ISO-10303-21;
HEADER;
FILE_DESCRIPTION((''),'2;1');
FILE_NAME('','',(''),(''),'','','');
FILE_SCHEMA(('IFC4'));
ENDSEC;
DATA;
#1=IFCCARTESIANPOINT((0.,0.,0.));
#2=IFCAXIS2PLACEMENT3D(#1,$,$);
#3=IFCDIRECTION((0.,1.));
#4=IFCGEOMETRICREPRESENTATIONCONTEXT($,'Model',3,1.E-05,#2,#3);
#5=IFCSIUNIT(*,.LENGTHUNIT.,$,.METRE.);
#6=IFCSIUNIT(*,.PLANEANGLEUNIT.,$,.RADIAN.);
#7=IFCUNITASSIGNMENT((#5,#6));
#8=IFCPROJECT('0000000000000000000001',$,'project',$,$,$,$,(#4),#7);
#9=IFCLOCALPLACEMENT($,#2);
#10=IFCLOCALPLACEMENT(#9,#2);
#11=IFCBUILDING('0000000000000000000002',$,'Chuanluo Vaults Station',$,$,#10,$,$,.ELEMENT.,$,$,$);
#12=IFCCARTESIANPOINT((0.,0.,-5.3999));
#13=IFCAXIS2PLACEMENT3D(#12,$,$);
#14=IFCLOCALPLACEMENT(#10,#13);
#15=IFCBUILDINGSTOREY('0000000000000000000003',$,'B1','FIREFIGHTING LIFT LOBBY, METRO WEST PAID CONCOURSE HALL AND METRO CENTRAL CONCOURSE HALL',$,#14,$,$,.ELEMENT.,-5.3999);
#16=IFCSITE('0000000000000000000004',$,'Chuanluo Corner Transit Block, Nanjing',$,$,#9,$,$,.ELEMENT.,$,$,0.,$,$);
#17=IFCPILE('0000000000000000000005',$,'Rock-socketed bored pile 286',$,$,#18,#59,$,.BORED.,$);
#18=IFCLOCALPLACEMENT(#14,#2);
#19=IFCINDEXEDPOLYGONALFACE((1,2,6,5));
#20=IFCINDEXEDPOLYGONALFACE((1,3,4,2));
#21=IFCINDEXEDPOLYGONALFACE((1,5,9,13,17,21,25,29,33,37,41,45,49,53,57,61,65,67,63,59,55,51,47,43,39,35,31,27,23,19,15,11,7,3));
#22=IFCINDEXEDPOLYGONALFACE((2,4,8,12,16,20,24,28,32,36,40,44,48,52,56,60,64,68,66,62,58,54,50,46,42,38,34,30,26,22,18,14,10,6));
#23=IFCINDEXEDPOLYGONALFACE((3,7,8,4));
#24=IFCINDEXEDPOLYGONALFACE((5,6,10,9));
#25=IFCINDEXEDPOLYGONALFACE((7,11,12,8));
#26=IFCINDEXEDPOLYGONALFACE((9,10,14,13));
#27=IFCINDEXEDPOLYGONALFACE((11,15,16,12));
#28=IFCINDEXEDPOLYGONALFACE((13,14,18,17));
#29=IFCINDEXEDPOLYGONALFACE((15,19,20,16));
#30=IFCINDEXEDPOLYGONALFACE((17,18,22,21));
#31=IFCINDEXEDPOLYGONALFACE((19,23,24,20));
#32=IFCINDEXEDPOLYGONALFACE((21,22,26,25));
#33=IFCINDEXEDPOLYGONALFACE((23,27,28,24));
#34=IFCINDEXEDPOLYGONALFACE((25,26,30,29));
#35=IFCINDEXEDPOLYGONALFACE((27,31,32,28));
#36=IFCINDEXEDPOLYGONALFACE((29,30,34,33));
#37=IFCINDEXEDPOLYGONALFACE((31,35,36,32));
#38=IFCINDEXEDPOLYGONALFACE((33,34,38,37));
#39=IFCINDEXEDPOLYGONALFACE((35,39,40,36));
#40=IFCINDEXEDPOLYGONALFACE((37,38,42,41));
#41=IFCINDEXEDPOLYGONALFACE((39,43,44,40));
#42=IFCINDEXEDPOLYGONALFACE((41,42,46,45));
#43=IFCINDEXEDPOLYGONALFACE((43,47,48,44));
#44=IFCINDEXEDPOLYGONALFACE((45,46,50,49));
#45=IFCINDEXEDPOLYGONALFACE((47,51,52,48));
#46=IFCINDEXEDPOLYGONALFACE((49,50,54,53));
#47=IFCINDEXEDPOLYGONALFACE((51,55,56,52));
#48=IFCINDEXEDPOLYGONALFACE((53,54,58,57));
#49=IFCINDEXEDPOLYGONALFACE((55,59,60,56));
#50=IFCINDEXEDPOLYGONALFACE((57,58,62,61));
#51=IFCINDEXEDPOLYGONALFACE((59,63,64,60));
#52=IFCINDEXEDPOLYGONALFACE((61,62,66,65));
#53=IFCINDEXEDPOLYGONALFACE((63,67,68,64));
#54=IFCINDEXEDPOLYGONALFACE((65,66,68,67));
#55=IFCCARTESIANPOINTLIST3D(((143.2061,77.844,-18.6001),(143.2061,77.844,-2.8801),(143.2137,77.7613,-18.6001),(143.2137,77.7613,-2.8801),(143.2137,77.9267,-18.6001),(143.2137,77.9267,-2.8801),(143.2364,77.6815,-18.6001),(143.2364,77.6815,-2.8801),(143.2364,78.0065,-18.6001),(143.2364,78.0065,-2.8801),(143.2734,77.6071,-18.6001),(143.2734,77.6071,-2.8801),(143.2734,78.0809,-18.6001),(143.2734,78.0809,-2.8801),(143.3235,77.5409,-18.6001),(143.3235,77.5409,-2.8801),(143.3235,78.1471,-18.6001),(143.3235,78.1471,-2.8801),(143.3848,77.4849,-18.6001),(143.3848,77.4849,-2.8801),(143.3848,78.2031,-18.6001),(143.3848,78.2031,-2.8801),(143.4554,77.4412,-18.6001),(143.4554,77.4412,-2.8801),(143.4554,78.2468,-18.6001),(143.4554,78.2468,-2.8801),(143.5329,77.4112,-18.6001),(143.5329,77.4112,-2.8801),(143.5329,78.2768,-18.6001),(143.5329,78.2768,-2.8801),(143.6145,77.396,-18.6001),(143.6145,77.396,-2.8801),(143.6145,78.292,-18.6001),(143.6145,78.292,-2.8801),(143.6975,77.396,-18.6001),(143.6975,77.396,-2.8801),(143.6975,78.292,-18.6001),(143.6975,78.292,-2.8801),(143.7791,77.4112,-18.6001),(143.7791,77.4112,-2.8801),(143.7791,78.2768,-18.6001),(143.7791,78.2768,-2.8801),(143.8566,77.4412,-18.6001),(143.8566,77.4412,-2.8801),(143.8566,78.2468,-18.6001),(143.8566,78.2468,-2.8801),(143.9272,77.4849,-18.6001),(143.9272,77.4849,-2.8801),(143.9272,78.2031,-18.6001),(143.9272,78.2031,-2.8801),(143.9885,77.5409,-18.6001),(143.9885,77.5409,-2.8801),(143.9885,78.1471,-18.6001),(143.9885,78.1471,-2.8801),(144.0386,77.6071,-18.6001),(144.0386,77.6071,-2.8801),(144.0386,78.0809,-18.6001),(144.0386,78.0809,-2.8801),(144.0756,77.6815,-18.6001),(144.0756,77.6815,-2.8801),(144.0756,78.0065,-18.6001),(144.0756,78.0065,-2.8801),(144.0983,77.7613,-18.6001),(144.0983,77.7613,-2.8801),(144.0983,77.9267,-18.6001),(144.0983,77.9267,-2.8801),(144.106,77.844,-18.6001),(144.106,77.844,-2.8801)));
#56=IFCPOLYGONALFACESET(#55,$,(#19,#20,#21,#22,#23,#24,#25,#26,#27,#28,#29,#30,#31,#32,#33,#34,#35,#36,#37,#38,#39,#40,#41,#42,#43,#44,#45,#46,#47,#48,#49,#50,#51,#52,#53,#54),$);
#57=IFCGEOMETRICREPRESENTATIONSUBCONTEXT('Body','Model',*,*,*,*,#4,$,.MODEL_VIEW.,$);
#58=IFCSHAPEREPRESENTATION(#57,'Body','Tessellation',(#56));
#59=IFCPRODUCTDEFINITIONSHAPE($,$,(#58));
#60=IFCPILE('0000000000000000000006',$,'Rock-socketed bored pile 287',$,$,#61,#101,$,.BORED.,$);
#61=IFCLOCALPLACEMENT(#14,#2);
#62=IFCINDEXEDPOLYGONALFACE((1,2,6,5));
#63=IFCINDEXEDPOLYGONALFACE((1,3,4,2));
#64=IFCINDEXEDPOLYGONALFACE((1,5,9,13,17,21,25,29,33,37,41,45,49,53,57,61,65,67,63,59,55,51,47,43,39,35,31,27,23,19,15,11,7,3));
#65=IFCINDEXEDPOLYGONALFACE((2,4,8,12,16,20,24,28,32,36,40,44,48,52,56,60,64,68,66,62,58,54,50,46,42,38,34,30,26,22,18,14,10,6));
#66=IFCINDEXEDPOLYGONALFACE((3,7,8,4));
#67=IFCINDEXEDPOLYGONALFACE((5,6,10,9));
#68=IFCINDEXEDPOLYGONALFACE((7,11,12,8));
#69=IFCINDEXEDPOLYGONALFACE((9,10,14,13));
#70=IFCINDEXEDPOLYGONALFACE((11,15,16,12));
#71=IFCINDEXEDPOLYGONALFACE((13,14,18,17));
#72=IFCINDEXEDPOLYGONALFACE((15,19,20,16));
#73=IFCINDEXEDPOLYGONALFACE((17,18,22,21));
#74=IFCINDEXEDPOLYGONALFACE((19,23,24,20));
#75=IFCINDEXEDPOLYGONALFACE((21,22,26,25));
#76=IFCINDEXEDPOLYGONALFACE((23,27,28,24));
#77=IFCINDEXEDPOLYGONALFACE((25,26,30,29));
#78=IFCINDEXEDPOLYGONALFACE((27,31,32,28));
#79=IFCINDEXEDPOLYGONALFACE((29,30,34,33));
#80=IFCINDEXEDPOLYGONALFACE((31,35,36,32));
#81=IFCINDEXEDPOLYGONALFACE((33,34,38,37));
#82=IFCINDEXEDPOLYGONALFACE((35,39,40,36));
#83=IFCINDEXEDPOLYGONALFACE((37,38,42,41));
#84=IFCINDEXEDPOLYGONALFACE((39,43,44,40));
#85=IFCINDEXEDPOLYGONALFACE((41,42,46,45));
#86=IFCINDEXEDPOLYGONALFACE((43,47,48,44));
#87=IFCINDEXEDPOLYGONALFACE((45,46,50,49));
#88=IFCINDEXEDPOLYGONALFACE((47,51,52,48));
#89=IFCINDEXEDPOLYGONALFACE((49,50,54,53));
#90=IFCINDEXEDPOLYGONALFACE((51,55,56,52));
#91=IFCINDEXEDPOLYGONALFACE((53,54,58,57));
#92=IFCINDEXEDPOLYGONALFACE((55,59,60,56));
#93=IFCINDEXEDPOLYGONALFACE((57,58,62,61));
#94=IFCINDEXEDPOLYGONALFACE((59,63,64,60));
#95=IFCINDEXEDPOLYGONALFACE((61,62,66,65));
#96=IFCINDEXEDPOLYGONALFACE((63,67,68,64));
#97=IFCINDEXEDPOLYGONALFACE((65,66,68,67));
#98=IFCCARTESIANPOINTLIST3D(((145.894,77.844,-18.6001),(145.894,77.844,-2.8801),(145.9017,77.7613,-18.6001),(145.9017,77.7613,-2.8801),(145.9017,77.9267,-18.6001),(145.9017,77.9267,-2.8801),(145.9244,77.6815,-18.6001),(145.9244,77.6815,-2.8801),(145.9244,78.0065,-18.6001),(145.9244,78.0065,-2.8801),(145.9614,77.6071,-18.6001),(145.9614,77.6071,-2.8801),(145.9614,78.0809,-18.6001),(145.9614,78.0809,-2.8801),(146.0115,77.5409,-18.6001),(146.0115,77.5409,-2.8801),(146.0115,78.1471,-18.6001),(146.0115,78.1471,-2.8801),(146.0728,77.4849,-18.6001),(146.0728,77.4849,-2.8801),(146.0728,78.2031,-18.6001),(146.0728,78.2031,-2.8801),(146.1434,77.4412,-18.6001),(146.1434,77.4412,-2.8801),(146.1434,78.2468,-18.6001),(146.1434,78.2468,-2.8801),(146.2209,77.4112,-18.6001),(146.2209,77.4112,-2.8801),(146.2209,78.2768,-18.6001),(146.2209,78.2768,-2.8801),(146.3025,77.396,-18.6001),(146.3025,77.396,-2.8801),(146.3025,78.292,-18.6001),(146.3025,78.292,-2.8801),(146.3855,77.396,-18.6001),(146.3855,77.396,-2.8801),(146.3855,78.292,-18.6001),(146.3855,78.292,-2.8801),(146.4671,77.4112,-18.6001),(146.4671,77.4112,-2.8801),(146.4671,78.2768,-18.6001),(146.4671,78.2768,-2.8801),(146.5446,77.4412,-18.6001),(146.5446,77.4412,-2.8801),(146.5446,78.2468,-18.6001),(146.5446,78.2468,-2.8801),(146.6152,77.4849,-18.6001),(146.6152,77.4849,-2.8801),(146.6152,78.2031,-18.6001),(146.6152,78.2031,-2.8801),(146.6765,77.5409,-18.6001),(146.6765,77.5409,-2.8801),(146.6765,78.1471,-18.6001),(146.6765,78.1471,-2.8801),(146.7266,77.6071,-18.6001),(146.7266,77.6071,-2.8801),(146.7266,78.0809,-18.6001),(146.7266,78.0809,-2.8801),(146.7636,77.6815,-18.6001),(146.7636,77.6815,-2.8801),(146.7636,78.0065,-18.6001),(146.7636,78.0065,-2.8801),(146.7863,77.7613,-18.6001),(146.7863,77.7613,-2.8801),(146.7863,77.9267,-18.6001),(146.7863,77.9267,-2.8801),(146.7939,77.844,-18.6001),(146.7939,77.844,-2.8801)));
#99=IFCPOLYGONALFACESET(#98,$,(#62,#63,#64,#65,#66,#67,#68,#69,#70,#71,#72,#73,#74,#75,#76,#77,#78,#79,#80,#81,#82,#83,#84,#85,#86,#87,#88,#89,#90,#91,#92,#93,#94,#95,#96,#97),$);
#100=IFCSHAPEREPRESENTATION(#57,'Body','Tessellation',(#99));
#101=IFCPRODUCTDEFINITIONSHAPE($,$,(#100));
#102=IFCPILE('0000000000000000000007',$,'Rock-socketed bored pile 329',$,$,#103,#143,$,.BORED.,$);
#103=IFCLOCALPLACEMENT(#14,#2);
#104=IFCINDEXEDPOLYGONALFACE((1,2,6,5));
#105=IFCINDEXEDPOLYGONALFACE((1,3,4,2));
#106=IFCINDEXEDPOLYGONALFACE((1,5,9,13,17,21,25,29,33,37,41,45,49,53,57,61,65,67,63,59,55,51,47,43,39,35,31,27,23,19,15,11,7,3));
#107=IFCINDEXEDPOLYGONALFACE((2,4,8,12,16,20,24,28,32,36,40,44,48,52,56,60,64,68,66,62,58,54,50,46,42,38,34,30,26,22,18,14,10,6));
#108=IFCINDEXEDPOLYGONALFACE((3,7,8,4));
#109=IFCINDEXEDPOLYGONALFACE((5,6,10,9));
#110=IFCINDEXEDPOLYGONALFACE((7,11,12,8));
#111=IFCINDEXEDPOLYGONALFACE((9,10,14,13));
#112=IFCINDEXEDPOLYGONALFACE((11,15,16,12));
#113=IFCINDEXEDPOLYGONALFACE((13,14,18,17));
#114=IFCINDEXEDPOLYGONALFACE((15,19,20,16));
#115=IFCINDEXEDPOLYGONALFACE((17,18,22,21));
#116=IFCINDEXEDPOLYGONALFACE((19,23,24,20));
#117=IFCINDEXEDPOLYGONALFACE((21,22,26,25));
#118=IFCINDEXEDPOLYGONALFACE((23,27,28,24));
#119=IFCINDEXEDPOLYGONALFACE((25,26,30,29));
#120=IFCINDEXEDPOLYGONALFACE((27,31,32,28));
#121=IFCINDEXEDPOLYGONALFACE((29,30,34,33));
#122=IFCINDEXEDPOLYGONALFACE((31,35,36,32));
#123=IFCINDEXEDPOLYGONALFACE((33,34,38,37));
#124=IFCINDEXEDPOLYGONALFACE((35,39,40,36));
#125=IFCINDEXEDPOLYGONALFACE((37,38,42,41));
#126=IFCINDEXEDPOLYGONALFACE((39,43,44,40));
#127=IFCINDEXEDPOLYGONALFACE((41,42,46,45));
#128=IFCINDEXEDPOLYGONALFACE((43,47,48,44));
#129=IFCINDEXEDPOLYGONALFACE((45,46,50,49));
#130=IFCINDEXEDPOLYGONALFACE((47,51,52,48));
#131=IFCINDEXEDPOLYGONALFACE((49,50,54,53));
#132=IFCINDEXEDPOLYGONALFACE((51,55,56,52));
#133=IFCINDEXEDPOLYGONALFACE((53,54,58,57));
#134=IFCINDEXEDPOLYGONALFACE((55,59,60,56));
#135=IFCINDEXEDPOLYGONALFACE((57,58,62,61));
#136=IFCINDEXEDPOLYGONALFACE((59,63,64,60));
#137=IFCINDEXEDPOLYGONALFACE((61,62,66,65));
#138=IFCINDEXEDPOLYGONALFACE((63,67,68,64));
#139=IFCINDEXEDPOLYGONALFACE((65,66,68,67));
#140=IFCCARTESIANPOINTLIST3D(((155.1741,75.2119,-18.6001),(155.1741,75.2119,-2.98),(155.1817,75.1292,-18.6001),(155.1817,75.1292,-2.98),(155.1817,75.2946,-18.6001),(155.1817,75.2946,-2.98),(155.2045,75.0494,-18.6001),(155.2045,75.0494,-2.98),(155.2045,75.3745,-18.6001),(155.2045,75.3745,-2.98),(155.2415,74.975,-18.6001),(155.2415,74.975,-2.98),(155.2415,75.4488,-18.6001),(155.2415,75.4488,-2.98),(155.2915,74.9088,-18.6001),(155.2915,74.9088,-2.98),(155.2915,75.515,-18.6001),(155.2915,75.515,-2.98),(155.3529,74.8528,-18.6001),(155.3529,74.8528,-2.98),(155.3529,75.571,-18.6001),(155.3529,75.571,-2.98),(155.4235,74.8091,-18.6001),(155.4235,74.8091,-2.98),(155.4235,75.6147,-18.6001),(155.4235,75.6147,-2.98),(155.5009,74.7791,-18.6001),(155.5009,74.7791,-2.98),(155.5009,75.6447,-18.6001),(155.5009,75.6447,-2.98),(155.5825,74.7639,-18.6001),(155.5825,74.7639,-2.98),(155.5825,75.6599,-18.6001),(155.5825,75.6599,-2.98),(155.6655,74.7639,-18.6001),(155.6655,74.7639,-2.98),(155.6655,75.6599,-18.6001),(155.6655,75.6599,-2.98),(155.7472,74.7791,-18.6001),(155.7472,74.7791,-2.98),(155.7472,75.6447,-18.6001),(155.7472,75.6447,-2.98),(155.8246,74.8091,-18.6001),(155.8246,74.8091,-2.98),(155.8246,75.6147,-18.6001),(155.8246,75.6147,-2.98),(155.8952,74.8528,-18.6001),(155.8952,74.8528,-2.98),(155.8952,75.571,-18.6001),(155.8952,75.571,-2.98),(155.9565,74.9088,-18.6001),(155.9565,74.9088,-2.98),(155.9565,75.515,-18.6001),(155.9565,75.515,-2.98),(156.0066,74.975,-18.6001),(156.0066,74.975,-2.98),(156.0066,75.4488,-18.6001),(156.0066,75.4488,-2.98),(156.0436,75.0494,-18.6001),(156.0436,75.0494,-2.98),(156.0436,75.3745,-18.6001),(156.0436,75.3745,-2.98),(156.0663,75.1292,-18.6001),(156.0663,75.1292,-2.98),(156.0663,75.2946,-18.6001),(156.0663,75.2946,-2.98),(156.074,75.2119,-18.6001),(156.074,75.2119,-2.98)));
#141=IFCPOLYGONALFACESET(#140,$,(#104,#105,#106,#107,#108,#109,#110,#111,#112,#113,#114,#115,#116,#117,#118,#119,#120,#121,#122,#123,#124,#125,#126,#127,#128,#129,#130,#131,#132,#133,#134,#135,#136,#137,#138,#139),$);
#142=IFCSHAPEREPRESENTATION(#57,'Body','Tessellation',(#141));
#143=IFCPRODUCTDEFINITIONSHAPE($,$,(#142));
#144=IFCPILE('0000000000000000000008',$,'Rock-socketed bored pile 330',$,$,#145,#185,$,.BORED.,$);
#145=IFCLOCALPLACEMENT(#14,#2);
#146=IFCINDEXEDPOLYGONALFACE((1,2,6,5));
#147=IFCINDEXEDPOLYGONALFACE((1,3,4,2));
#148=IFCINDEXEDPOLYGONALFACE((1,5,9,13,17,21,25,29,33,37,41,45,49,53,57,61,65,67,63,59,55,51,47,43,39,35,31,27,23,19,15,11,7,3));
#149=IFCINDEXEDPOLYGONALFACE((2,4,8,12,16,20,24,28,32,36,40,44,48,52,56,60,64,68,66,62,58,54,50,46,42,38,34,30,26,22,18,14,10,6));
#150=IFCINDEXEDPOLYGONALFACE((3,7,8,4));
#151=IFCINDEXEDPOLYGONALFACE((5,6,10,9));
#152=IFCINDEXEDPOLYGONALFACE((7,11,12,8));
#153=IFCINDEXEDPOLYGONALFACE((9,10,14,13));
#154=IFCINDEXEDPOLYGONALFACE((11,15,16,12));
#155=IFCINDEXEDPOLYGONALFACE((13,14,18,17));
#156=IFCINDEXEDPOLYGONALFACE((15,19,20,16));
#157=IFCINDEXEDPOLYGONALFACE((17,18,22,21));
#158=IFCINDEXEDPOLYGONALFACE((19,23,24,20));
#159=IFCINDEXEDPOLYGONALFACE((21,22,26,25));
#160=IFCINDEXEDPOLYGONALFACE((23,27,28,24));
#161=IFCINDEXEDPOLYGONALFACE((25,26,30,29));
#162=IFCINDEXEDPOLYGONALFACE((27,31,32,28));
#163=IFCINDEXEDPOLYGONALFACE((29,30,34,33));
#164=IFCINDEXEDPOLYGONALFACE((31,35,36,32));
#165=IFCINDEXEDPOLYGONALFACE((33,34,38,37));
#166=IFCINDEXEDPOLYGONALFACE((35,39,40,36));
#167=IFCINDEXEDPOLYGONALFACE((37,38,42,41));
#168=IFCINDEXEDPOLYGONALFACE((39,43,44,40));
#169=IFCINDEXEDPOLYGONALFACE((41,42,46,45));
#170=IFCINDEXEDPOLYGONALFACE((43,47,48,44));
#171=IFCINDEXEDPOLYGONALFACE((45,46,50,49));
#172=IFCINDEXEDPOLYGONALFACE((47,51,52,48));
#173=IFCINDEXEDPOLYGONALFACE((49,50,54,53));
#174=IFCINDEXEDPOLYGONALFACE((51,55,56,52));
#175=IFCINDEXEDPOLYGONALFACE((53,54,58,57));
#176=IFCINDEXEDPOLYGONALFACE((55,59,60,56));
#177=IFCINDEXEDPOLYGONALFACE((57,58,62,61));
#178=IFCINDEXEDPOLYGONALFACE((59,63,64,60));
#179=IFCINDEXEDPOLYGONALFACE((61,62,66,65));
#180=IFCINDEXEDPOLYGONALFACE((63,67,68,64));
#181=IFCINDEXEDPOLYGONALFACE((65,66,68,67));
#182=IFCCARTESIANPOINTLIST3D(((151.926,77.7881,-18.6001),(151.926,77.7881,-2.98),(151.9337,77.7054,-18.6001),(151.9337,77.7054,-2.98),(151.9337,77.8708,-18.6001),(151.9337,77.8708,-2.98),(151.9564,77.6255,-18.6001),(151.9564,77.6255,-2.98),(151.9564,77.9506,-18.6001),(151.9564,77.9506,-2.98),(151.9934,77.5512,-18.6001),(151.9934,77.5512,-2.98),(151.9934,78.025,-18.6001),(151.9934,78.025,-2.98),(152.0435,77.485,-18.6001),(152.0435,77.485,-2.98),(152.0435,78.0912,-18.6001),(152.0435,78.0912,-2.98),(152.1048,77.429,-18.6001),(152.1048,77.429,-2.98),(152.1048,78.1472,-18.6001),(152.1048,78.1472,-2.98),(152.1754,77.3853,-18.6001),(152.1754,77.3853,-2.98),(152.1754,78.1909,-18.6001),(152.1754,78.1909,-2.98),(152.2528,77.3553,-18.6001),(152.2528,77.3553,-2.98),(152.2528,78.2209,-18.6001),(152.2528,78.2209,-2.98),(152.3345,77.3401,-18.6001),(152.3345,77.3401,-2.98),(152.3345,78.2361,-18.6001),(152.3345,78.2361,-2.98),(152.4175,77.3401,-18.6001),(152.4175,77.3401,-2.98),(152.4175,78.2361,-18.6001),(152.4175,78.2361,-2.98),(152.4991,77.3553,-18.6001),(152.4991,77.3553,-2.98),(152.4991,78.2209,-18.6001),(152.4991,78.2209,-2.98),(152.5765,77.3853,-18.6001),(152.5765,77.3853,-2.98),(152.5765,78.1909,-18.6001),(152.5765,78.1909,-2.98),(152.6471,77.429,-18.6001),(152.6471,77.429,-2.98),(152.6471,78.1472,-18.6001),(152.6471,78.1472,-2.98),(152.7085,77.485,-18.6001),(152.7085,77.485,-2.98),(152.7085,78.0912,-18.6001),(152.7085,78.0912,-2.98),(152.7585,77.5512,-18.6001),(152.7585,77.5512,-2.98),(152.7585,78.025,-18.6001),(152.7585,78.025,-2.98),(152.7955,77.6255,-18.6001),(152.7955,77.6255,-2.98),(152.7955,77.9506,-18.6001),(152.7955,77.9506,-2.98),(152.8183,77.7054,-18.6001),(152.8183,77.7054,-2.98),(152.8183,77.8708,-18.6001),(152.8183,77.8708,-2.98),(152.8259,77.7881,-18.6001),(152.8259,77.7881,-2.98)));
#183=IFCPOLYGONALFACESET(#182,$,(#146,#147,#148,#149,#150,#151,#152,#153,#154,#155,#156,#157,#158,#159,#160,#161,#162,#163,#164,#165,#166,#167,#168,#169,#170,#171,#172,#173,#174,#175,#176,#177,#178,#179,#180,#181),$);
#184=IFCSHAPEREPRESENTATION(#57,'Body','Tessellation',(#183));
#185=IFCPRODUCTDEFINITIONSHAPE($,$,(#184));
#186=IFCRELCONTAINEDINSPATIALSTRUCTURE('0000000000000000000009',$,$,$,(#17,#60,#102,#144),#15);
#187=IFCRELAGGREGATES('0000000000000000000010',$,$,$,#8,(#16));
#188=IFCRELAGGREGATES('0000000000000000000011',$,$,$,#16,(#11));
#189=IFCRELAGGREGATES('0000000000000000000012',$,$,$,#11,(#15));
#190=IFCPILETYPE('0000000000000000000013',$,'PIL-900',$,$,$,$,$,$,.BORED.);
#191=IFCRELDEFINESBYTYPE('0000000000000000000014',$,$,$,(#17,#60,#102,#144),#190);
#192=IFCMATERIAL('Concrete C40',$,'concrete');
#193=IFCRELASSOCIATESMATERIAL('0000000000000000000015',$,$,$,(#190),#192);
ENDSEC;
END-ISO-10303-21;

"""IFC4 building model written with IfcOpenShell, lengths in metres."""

from ifc_helpers import new_model, si_unit, direction, frame, origin, origin_2d, place, context, subcontext, project, spatial, circle, extrude, material, material_profile, profile_set, type_object, element, save


model = new_model("IFC4")

# Units and contexts
model_context = context("Model", 3, precision=1e-05, world=origin(), true_north=direction((0.0, 1.0)))
body_context = subcontext(model_context, "Body", "Model", "MODEL_VIEW")
ifc_project = project(units=[si_unit("LENGTHUNIT", "METRE"), si_unit("PLANEANGLEUNIT", "RADIAN")], contexts=[model_context])

# Site, building, storey
site_placement = place(None, origin())
site = spatial("IfcSite", under=ifc_project, at=site_placement, Name="Chuanluo Corner Transit Block, Nanjing", CompositionType="ELEMENT", RefElevation=0.0)
building_placement = place(site_placement, origin())
building = spatial("IfcBuilding", under=site, at=building_placement, Name="Chuanluo Vaults Station", CompositionType="ELEMENT")
storey_placement = place(building_placement, frame((0.0, 0.0, -5.3999)))
storey = spatial("IfcBuildingStorey", under=building, at=storey_placement, Name="B1", Description="FIREFIGHTING LIFT LOBBY, METRO WEST PAID CONCOURSE HALL AND METRO CENTRAL CONCOURSE HALL", CompositionType="ELEMENT", Elevation=-5.3999)

# Piles
ifc_material_1 = material(Name="Concrete C40", Category="concrete")
ifc_material_profile_1 = material_profile(ifc_material_1, circle(Radius=0.45, at=origin_2d()))
ifc_profile_set_1 = profile_set([ifc_material_profile_1], Name="Concrete C40")
pile_type_1 = type_object("IfcPileType", Name="PIL-900", PredefinedType="BORED", material=ifc_profile_set_1)
for number, where, z_axis, x_axis, name in (
    (1, (143.656, 77.844, -2.8801), (0.0, 0.0, -1.0), (1.0, 0.0, 0.0), "Rock-socketed bored pile 286"),
    (2, (146.344, 77.844, -2.8801), (0.0, 0.0, -1.0), (1.0, 0.0, 0.0), "Rock-socketed bored pile 287"),
):
    element("IfcPile", number, at=place(storey_placement, frame(where, z_axis=z_axis, x_axis=x_axis)), inside=storey, type_object=pile_type_1, Name=name, PredefinedType="BORED", context=body_context, shape_type="SweptSolid", body=[
        extrude(circle(Radius=0.45, at=origin_2d()), origin(), (0.0, 0.0, 1.0), 15.72),
    ])
for number, where, z_axis, x_axis, name in (
    (3, (155.624, 75.2119, -2.98), (0.0, 0.0, -1.0), (1.0, 0.0, 0.0), "Rock-socketed bored pile 329"),
    (4, (152.376, 77.7881, -2.98), (0.0, 0.0, -1.0), (1.0, 0.0, 0.0), "Rock-socketed bored pile 330"),
):
    element("IfcPile", number, at=place(storey_placement, frame(where, z_axis=z_axis, x_axis=x_axis)), inside=storey, type_object=pile_type_1, Name=name, PredefinedType="BORED", context=body_context, shape_type="SweptSolid", body=[
        extrude(circle(Radius=0.45, at=origin_2d()), origin(), (0.0, 0.0, 1.0), 15.6201),
    ])

save(model, "model.ifc")
